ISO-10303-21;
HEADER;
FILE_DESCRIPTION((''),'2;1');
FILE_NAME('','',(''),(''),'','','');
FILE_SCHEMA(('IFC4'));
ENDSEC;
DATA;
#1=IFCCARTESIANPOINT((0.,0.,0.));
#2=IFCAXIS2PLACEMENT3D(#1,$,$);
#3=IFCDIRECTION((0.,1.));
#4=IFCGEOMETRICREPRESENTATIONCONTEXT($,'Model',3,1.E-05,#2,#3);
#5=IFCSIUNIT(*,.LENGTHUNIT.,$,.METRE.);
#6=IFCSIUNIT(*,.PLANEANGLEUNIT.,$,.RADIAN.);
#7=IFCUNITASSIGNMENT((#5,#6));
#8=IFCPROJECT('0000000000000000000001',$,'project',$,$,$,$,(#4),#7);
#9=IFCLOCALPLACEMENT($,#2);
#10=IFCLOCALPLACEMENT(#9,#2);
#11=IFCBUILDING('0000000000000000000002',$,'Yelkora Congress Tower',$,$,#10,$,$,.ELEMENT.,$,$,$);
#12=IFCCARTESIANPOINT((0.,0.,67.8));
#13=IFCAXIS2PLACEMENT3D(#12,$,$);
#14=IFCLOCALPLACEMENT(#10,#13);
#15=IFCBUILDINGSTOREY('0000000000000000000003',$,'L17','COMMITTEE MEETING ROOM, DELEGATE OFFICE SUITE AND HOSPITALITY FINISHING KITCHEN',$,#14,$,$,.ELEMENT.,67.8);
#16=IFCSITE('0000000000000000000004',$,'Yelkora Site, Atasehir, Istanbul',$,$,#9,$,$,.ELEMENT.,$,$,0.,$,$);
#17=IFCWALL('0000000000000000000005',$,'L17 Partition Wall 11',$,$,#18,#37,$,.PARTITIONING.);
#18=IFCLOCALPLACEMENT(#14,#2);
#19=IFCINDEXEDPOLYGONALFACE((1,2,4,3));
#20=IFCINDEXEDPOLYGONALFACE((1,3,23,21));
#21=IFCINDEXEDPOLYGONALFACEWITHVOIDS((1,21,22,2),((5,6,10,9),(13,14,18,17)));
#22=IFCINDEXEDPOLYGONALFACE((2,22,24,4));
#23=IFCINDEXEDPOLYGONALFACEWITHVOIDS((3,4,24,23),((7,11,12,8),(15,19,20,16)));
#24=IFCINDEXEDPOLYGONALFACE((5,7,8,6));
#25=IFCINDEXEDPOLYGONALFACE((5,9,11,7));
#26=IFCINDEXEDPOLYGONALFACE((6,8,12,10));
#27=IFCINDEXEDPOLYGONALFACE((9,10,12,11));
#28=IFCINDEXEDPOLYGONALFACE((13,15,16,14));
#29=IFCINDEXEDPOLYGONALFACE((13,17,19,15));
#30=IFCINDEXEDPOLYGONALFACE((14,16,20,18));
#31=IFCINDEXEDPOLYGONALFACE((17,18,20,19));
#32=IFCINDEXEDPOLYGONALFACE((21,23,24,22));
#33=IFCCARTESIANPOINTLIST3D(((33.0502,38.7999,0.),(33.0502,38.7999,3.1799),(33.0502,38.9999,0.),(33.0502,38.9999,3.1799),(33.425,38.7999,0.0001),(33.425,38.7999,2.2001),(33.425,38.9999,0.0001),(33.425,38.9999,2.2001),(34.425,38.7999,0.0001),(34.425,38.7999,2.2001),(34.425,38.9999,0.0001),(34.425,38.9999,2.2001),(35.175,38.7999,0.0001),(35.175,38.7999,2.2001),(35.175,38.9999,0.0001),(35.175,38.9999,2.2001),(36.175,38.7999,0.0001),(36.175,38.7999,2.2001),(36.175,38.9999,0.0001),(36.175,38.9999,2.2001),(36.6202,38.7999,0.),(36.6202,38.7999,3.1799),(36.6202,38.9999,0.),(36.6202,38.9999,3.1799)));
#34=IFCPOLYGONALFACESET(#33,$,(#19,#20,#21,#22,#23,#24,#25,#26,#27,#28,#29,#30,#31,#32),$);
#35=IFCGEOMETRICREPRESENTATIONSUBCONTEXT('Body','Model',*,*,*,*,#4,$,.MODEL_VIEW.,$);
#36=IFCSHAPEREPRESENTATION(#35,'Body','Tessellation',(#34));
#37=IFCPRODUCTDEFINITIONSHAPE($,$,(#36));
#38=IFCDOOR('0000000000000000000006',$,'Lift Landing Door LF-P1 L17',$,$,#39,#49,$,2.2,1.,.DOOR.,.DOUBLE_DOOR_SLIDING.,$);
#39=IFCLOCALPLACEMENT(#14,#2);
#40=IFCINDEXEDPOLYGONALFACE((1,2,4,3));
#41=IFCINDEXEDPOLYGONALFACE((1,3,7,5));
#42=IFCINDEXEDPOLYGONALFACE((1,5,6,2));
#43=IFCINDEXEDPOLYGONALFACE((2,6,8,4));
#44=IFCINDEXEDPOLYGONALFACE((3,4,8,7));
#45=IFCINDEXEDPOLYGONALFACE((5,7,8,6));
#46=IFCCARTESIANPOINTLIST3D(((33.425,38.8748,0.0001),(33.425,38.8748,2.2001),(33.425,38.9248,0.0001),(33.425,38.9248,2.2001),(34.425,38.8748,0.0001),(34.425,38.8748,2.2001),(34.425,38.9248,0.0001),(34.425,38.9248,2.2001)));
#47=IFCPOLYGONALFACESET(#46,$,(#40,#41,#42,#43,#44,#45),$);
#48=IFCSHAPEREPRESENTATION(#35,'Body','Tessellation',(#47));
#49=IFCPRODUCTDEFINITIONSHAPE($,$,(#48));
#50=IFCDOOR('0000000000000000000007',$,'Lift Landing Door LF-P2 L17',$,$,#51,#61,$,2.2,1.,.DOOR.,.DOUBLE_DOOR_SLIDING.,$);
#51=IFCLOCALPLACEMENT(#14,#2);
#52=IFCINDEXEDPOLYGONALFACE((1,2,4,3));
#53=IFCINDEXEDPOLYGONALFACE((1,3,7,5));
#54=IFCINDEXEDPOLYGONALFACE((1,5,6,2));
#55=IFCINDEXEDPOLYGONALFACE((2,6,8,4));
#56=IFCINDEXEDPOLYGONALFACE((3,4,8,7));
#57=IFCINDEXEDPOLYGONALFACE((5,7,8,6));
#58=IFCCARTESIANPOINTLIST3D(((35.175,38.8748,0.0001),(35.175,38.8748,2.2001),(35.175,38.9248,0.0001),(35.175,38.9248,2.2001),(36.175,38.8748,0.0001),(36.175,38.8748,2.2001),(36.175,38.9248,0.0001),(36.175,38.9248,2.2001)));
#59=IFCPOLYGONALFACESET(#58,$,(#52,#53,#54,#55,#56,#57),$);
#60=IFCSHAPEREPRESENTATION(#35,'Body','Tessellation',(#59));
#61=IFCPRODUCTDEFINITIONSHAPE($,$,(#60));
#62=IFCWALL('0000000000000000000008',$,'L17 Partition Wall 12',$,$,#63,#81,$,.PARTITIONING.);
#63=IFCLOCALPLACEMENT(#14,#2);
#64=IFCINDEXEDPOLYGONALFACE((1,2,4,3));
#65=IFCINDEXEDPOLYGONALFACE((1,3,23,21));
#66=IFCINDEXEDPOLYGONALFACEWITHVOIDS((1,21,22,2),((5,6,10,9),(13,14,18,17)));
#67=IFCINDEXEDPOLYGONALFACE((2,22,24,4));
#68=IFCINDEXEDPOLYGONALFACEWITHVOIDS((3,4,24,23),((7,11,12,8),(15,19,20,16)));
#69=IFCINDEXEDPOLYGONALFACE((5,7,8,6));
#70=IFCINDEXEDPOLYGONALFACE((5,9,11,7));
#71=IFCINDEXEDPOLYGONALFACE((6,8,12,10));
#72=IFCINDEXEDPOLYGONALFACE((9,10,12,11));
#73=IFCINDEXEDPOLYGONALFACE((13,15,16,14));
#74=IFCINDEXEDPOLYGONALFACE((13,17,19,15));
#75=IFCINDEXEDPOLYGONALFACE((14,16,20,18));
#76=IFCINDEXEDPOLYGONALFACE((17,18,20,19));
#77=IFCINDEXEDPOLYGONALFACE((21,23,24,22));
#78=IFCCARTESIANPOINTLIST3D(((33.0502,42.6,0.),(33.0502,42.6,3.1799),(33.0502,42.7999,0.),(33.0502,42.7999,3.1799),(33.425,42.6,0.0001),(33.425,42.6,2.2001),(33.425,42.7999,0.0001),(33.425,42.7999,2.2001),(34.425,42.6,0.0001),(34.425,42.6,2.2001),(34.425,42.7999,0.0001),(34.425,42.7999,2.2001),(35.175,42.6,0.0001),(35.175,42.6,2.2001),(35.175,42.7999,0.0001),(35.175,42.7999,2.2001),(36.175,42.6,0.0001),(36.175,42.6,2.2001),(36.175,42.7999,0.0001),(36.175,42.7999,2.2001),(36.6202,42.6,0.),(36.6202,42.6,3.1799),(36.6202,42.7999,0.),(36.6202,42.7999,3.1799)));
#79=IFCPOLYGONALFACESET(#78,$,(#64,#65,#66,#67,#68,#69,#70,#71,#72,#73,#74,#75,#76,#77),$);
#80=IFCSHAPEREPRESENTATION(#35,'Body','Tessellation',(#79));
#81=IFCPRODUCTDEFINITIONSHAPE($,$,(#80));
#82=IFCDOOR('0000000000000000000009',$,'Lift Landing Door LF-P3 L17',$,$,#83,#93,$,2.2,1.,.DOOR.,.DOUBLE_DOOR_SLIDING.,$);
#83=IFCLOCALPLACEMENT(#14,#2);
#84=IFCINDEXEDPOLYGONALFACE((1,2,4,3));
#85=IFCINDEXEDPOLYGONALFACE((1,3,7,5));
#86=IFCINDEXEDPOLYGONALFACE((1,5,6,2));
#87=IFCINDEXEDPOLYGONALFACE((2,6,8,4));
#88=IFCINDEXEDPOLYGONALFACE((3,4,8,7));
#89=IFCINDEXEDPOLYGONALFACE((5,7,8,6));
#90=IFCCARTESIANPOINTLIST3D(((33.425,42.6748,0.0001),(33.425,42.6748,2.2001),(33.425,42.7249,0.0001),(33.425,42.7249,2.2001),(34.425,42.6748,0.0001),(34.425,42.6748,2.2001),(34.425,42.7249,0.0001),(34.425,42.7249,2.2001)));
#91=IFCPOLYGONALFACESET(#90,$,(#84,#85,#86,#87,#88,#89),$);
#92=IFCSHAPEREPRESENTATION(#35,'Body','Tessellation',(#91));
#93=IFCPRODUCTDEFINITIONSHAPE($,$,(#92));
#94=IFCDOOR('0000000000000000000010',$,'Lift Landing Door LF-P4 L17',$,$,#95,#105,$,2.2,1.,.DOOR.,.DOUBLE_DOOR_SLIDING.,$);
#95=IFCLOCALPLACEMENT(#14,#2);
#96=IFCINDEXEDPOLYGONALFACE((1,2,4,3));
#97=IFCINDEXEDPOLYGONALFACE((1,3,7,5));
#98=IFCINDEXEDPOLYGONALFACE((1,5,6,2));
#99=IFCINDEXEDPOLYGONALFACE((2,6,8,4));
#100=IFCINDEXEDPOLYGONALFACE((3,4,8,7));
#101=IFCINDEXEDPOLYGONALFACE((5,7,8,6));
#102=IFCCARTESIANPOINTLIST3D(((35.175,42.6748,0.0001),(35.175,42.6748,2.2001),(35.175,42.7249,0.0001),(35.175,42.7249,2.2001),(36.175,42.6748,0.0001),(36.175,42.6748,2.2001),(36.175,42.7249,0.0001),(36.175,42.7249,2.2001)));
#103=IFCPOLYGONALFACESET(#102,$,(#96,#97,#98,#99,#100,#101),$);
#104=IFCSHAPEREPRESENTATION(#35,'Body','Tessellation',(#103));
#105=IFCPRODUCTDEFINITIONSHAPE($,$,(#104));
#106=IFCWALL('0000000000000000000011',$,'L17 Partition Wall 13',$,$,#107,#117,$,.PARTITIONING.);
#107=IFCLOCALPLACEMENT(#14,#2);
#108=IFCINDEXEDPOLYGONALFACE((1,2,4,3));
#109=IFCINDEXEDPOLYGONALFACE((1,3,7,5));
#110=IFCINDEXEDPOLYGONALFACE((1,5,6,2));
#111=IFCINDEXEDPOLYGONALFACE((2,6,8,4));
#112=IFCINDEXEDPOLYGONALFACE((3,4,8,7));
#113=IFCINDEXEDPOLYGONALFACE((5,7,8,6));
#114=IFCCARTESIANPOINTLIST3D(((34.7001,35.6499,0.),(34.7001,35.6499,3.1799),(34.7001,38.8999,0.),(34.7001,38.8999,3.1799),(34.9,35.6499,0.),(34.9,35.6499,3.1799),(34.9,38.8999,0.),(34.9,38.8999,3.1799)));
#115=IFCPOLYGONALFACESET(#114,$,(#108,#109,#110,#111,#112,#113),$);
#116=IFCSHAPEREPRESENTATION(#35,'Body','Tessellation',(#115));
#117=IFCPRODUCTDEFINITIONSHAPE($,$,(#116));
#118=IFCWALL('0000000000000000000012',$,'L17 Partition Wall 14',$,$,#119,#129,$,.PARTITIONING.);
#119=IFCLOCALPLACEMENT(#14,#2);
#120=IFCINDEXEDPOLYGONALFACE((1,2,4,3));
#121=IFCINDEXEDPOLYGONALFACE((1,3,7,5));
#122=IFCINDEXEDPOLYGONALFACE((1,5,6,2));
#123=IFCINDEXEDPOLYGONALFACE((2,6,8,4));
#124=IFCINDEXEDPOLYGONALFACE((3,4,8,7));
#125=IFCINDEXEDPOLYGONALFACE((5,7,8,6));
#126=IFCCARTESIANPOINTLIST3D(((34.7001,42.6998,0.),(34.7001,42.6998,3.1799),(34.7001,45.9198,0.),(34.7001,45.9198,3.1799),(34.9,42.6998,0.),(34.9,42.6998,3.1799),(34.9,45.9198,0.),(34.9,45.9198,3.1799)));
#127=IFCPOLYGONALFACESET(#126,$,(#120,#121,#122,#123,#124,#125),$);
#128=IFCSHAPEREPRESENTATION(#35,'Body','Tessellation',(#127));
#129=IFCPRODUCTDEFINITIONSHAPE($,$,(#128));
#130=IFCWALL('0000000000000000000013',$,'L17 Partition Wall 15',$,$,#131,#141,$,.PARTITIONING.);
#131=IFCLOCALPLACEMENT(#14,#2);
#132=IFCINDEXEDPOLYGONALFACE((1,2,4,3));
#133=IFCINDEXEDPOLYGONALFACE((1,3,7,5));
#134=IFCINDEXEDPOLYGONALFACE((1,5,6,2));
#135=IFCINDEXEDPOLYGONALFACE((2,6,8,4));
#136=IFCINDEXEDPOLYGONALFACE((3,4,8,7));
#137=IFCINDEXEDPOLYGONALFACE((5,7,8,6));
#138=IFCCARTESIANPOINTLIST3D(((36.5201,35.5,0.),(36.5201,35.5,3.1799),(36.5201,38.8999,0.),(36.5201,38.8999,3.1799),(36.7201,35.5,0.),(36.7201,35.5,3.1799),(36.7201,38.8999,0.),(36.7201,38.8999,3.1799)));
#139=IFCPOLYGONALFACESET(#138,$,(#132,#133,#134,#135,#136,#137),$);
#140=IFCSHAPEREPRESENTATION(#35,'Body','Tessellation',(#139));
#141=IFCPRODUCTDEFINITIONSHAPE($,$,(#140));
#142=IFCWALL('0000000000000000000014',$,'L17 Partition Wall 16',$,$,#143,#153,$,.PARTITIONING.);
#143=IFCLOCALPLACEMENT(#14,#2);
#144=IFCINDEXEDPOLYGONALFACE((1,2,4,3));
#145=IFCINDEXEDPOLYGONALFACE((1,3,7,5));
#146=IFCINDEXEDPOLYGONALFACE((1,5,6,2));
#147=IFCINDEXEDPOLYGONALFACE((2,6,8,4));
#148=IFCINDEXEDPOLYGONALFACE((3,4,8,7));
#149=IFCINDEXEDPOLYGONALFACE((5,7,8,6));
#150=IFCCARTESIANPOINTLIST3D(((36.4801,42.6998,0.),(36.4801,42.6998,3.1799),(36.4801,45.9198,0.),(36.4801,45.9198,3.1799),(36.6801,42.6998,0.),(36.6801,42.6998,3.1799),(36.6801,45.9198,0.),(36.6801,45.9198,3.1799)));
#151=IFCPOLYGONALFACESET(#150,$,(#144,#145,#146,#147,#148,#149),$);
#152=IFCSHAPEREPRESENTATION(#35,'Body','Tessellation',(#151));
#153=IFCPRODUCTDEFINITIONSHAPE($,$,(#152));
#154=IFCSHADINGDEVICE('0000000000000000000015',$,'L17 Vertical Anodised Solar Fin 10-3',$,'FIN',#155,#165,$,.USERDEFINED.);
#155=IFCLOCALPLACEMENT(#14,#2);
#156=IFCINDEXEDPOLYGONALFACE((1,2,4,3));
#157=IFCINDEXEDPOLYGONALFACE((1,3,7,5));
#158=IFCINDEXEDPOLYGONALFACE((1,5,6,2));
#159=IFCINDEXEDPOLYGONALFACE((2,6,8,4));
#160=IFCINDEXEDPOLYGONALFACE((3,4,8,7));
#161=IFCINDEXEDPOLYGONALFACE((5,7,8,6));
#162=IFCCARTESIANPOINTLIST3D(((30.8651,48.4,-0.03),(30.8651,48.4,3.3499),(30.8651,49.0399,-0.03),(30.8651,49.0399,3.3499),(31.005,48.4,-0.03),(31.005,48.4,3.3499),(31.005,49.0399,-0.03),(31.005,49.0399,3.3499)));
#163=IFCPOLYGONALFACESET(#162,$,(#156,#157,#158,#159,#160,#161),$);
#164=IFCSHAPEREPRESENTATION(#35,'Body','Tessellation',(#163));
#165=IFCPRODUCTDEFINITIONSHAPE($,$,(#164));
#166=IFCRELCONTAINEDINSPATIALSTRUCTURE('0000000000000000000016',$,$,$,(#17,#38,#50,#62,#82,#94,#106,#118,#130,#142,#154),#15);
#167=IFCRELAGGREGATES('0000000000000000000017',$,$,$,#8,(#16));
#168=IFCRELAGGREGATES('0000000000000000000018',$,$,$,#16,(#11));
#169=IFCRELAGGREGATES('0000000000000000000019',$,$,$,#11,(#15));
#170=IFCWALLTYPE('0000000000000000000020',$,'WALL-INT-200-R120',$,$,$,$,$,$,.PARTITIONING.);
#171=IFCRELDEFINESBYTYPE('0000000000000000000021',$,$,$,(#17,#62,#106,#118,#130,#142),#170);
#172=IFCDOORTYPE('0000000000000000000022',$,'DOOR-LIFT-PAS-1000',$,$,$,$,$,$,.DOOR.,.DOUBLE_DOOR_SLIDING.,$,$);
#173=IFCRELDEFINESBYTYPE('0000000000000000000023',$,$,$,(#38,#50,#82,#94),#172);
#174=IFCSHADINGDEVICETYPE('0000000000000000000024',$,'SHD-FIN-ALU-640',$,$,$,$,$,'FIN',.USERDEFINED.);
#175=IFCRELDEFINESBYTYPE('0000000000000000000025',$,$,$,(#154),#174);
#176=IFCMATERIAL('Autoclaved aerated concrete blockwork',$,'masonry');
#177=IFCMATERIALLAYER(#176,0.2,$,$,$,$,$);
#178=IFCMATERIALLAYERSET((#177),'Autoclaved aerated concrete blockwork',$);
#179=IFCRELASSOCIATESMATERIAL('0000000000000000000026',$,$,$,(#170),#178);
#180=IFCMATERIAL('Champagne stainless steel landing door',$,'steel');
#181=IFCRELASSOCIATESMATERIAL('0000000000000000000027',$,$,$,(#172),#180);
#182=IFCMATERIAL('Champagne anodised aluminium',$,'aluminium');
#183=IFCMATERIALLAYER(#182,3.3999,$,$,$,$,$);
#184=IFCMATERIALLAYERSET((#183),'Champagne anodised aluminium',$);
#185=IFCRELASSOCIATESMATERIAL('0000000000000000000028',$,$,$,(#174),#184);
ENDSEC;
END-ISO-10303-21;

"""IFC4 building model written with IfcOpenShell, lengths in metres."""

from ifc_helpers import new_model, si_unit, direction, frame, frame_2d, origin, origin_2d, place, context, subcontext, project, spatial, rectangle, extrude, material, layer, layer_set, type_object, element, fill, save


model = new_model("IFC4")

# Units and contexts
model_context = context("Model", 3, precision=1e-05, world=origin(), true_north=direction((0.0, 1.0)))
body_context = subcontext(model_context, "Body", "Model", "MODEL_VIEW")
ifc_project = project(units=[si_unit("LENGTHUNIT", "METRE"), si_unit("PLANEANGLEUNIT", "RADIAN")], contexts=[model_context])

# Site, building, storey
site_placement = place(None, origin())
site = spatial("IfcSite", under=ifc_project, at=site_placement, Name="Yelkora Site, Atasehir, Istanbul", CompositionType="ELEMENT", RefElevation=0.0)
building_placement = place(site_placement, origin())
building = spatial("IfcBuilding", under=site, at=building_placement, Name="Yelkora Congress Tower", CompositionType="ELEMENT")
storey_placement = place(building_placement, frame((0.0, 0.0, 67.8)))
storey = spatial("IfcBuildingStorey", under=building, at=storey_placement, Name="L17", Description="COMMITTEE MEETING ROOM, DELEGATE OFFICE SUITE AND HOSPITALITY FINISHING KITCHEN", CompositionType="ELEMENT", Elevation=67.8)

# Shared definitions
ifc_material_1 = material(Name="Autoclaved aerated concrete blockwork", Category="masonry")
ifc_layer_1 = layer(ifc_material_1, 0.2)
ifc_layer_set_1 = layer_set([ifc_layer_1], Name="Autoclaved aerated concrete blockwork")
wall_type_1 = type_object("IfcWallType", Name="WALL-INT-200-R120", PredefinedType="PARTITIONING", material=ifc_layer_set_1)

# Walls, openings, doors
wall_1_placement = place(storey_placement, frame((33.05, 38.8999, 0.0), z_axis=(0.0, 0.0, 1.0), x_axis=(1.0, 0.0, 0.0)))
wall_1 = element("IfcWall", 1, at=wall_1_placement, inside=storey, type_object=wall_type_1, Name="L17 Partition Wall 11", PredefinedType="PARTITIONING", context=body_context, shape_type="SweptSolid", body=[
    extrude(rectangle(XDim=3.5701, YDim=0.2, at=frame_2d((1.7852, 0.0))), origin(), (0.0, 0.0, 1.0), 3.1799),
])
opening_1_placement = place(wall_1_placement, frame((0.375, 0.0, 0.0)))
opening_1 = element("IfcOpeningElement", 2, at=opening_1_placement, cuts=wall_1, PredefinedType="OPENING", context=body_context, shape_type="SweptSolid", body=[
    extrude(rectangle(XDim=1.0, YDim=2.2, at=frame_2d((0.5, 1.1001))), frame((0.0, 0.1099, 0.0), z_axis=(0.0, -1.0, 0.0), x_axis=(1.0, 0.0, 0.0)), (0.0, 0.0, 1.0), 0.22),
])
opening_2_placement = place(wall_1_placement, frame((2.125, 0.0, 0.0)))
opening_2 = element("IfcOpeningElement", 3, at=opening_2_placement, cuts=wall_1, PredefinedType="OPENING", context=body_context, shape_type="SweptSolid", body=[
    extrude(rectangle(XDim=1.0, YDim=2.2, at=frame_2d((0.5, 1.1001))), frame((0.0, 0.1099, 0.0), z_axis=(0.0, -1.0, 0.0), x_axis=(1.0, 0.0, 0.0)), (0.0, 0.0, 1.0), 0.22),
])
ifc_material_2 = material(Name="Champagne stainless steel landing door", Category="steel")
door_type_1 = type_object("IfcDoorType", Name="DOOR-LIFT-PAS-1000", OperationType="DOUBLE_DOOR_SLIDING", PredefinedType="DOOR", material=ifc_material_2)
door_1_placement = place(opening_1_placement, origin())
door_1 = element("IfcDoor", 4, at=door_1_placement, inside=storey, type_object=door_type_1, Name="Lift Landing Door LF-P1 L17", OperationType="DOUBLE_DOOR_SLIDING", OverallHeight=2.2, OverallWidth=1.0, PredefinedType="DOOR", context=body_context, shape_type="SweptSolid", body=[
    extrude(rectangle(XDim=1.0, YDim=2.2, at=frame_2d((0.5, 1.1001))), frame((0.0, 0.0249, 0.0), z_axis=(0.0, -1.0, 0.0), x_axis=(1.0, 0.0, 0.0)), (0.0, 0.0, 1.0), 0.05),
])
fill(opening_1, door_1)
door_2_placement = place(opening_2_placement, origin())
door_2 = element("IfcDoor", 5, at=door_2_placement, inside=storey, type_object=door_type_1, Name="Lift Landing Door LF-P2 L17", OperationType="DOUBLE_DOOR_SLIDING", OverallHeight=2.2, OverallWidth=1.0, PredefinedType="DOOR", context=body_context, shape_type="SweptSolid", body=[
    extrude(rectangle(XDim=1.0, YDim=2.2, at=frame_2d((0.5, 1.1001))), frame((0.0, 0.0249, 0.0), z_axis=(0.0, -1.0, 0.0), x_axis=(1.0, 0.0, 0.0)), (0.0, 0.0, 1.0), 0.05),
])
fill(opening_2, door_2)
wall_2_placement = place(storey_placement, frame((33.05, 42.7, 0.0), z_axis=(0.0, 0.0, 1.0), x_axis=(1.0, 0.0, 0.0)))
wall_2 = element("IfcWall", 6, at=wall_2_placement, inside=storey, type_object=wall_type_1, Name="L17 Partition Wall 12", PredefinedType="PARTITIONING", context=body_context, shape_type="SweptSolid", body=[
    extrude(rectangle(XDim=3.5701, YDim=0.2, at=frame_2d((1.7852, 0.0))), origin(), (0.0, 0.0, 1.0), 3.1799),
])
opening_3_placement = place(wall_2_placement, frame((0.375, 0.0, 0.0)))
opening_3 = element("IfcOpeningElement", 7, at=opening_3_placement, cuts=wall_2, PredefinedType="OPENING", context=body_context, shape_type="SweptSolid", body=[
    extrude(rectangle(XDim=1.0, YDim=2.2, at=frame_2d((0.5, 1.1001))), frame((0.0, 0.1099, 0.0), z_axis=(0.0, -1.0, 0.0), x_axis=(1.0, 0.0, 0.0)), (0.0, 0.0, 1.0), 0.22),
])
opening_4_placement = place(wall_2_placement, frame((2.125, 0.0, 0.0)))
opening_4 = element("IfcOpeningElement", 8, at=opening_4_placement, cuts=wall_2, PredefinedType="OPENING", context=body_context, shape_type="SweptSolid", body=[
    extrude(rectangle(XDim=1.0, YDim=2.2, at=frame_2d((0.5, 1.1001))), frame((0.0, 0.1099, 0.0), z_axis=(0.0, -1.0, 0.0), x_axis=(1.0, 0.0, 0.0)), (0.0, 0.0, 1.0), 0.22),
])
door_3_placement = place(opening_3_placement, origin())
door_3 = element("IfcDoor", 9, at=door_3_placement, inside=storey, type_object=door_type_1, Name="Lift Landing Door LF-P3 L17", OperationType="DOUBLE_DOOR_SLIDING", OverallHeight=2.2, OverallWidth=1.0, PredefinedType="DOOR", context=body_context, shape_type="SweptSolid", body=[
    extrude(rectangle(XDim=1.0, YDim=2.2, at=frame_2d((0.5, 1.1001))), frame((0.0, 0.0249, 0.0), z_axis=(0.0, -1.0, 0.0), x_axis=(1.0, 0.0, 0.0)), (0.0, 0.0, 1.0), 0.05),
])
fill(opening_3, door_3)
door_4_placement = place(opening_4_placement, origin())
door_4 = element("IfcDoor", 10, at=door_4_placement, inside=storey, type_object=door_type_1, Name="Lift Landing Door LF-P4 L17", OperationType="DOUBLE_DOOR_SLIDING", OverallHeight=2.2, OverallWidth=1.0, PredefinedType="DOOR", context=body_context, shape_type="SweptSolid", body=[
    extrude(rectangle(XDim=1.0, YDim=2.2, at=frame_2d((0.5, 1.1001))), frame((0.0, 0.0249, 0.0), z_axis=(0.0, -1.0, 0.0), x_axis=(1.0, 0.0, 0.0)), (0.0, 0.0, 1.0), 0.05),
])
fill(opening_4, door_4)

# Walls
wall_3_placement = place(storey_placement, frame((34.8, 35.6499, 0.0), z_axis=(0.0, 0.0, 1.0), x_axis=(0.0, 1.0, 0.0)))
element("IfcWall", 11, at=wall_3_placement, inside=storey, type_object=wall_type_1, Name="L17 Partition Wall 13", PredefinedType="PARTITIONING", context=body_context, shape_type="SweptSolid", body=[
    extrude(rectangle(XDim=3.25, YDim=0.2, at=frame_2d((1.625, 0.0))), origin(), (0.0, 0.0, 1.0), 3.1799),
])
wall_4_placement = place(storey_placement, frame((34.8, 42.7, 0.0), z_axis=(0.0, 0.0, 1.0), x_axis=(0.0, 1.0, 0.0)))
element("IfcWall", 12, at=wall_4_placement, inside=storey, type_object=wall_type_1, Name="L17 Partition Wall 14", PredefinedType="PARTITIONING", context=body_context, shape_type="SweptSolid", body=[
    extrude(rectangle(XDim=3.22, YDim=0.2, at=frame_2d((1.6099, 0.0))), origin(), (0.0, 0.0, 1.0), 3.1799),
])
wall_5_placement = place(storey_placement, frame((36.6201, 35.5, 0.0), z_axis=(0.0, 0.0, 1.0), x_axis=(0.0, 1.0, 0.0)))
element("IfcWall", 13, at=wall_5_placement, inside=storey, type_object=wall_type_1, Name="L17 Partition Wall 15", PredefinedType="PARTITIONING", context=body_context, shape_type="SweptSolid", body=[
    extrude(rectangle(XDim=3.3999, YDim=0.2, at=frame_2d((1.7, 0.0))), origin(), (0.0, 0.0, 1.0), 3.1799),
])
wall_6_placement = place(storey_placement, frame((36.5801, 42.7, 0.0), z_axis=(0.0, 0.0, 1.0), x_axis=(0.0, 1.0, 0.0)))
element("IfcWall", 14, at=wall_6_placement, inside=storey, type_object=wall_type_1, Name="L17 Partition Wall 16", PredefinedType="PARTITIONING", context=body_context, shape_type="SweptSolid", body=[
    extrude(rectangle(XDim=3.22, YDim=0.2, at=frame_2d((1.6099, 0.0))), origin(), (0.0, 0.0, 1.0), 3.1799),
])

# Shading device
ifc_material_3 = material(Name="Champagne anodised aluminium", Category="aluminium")
ifc_layer_2 = layer(ifc_material_3, 3.3999)
ifc_layer_set_2 = layer_set([ifc_layer_2], Name="Champagne anodised aluminium")
shading_device_type = type_object("IfcShadingDeviceType", Name="SHD-FIN-ALU-640", ElementType="FIN", PredefinedType="USERDEFINED", material=ifc_layer_set_2)
shading_device_placement = place(storey_placement, frame((30.9351, 48.72, -0.03), z_axis=(0.0, 0.0, 1.0), x_axis=(1.0, 0.0, 0.0)))
element("IfcShadingDevice", 15, at=shading_device_placement, inside=storey, type_object=shading_device_type, Name="L17 Vertical Anodised Solar Fin 10-3", ObjectType="FIN", PredefinedType="USERDEFINED", context=body_context, shape_type="SweptSolid", body=[
    extrude(rectangle(XDim=0.1399, YDim=0.6399, at=origin_2d()), origin(), (0.0, 0.0, 1.0), 3.3799),
])

save(model, "model.ifc")
